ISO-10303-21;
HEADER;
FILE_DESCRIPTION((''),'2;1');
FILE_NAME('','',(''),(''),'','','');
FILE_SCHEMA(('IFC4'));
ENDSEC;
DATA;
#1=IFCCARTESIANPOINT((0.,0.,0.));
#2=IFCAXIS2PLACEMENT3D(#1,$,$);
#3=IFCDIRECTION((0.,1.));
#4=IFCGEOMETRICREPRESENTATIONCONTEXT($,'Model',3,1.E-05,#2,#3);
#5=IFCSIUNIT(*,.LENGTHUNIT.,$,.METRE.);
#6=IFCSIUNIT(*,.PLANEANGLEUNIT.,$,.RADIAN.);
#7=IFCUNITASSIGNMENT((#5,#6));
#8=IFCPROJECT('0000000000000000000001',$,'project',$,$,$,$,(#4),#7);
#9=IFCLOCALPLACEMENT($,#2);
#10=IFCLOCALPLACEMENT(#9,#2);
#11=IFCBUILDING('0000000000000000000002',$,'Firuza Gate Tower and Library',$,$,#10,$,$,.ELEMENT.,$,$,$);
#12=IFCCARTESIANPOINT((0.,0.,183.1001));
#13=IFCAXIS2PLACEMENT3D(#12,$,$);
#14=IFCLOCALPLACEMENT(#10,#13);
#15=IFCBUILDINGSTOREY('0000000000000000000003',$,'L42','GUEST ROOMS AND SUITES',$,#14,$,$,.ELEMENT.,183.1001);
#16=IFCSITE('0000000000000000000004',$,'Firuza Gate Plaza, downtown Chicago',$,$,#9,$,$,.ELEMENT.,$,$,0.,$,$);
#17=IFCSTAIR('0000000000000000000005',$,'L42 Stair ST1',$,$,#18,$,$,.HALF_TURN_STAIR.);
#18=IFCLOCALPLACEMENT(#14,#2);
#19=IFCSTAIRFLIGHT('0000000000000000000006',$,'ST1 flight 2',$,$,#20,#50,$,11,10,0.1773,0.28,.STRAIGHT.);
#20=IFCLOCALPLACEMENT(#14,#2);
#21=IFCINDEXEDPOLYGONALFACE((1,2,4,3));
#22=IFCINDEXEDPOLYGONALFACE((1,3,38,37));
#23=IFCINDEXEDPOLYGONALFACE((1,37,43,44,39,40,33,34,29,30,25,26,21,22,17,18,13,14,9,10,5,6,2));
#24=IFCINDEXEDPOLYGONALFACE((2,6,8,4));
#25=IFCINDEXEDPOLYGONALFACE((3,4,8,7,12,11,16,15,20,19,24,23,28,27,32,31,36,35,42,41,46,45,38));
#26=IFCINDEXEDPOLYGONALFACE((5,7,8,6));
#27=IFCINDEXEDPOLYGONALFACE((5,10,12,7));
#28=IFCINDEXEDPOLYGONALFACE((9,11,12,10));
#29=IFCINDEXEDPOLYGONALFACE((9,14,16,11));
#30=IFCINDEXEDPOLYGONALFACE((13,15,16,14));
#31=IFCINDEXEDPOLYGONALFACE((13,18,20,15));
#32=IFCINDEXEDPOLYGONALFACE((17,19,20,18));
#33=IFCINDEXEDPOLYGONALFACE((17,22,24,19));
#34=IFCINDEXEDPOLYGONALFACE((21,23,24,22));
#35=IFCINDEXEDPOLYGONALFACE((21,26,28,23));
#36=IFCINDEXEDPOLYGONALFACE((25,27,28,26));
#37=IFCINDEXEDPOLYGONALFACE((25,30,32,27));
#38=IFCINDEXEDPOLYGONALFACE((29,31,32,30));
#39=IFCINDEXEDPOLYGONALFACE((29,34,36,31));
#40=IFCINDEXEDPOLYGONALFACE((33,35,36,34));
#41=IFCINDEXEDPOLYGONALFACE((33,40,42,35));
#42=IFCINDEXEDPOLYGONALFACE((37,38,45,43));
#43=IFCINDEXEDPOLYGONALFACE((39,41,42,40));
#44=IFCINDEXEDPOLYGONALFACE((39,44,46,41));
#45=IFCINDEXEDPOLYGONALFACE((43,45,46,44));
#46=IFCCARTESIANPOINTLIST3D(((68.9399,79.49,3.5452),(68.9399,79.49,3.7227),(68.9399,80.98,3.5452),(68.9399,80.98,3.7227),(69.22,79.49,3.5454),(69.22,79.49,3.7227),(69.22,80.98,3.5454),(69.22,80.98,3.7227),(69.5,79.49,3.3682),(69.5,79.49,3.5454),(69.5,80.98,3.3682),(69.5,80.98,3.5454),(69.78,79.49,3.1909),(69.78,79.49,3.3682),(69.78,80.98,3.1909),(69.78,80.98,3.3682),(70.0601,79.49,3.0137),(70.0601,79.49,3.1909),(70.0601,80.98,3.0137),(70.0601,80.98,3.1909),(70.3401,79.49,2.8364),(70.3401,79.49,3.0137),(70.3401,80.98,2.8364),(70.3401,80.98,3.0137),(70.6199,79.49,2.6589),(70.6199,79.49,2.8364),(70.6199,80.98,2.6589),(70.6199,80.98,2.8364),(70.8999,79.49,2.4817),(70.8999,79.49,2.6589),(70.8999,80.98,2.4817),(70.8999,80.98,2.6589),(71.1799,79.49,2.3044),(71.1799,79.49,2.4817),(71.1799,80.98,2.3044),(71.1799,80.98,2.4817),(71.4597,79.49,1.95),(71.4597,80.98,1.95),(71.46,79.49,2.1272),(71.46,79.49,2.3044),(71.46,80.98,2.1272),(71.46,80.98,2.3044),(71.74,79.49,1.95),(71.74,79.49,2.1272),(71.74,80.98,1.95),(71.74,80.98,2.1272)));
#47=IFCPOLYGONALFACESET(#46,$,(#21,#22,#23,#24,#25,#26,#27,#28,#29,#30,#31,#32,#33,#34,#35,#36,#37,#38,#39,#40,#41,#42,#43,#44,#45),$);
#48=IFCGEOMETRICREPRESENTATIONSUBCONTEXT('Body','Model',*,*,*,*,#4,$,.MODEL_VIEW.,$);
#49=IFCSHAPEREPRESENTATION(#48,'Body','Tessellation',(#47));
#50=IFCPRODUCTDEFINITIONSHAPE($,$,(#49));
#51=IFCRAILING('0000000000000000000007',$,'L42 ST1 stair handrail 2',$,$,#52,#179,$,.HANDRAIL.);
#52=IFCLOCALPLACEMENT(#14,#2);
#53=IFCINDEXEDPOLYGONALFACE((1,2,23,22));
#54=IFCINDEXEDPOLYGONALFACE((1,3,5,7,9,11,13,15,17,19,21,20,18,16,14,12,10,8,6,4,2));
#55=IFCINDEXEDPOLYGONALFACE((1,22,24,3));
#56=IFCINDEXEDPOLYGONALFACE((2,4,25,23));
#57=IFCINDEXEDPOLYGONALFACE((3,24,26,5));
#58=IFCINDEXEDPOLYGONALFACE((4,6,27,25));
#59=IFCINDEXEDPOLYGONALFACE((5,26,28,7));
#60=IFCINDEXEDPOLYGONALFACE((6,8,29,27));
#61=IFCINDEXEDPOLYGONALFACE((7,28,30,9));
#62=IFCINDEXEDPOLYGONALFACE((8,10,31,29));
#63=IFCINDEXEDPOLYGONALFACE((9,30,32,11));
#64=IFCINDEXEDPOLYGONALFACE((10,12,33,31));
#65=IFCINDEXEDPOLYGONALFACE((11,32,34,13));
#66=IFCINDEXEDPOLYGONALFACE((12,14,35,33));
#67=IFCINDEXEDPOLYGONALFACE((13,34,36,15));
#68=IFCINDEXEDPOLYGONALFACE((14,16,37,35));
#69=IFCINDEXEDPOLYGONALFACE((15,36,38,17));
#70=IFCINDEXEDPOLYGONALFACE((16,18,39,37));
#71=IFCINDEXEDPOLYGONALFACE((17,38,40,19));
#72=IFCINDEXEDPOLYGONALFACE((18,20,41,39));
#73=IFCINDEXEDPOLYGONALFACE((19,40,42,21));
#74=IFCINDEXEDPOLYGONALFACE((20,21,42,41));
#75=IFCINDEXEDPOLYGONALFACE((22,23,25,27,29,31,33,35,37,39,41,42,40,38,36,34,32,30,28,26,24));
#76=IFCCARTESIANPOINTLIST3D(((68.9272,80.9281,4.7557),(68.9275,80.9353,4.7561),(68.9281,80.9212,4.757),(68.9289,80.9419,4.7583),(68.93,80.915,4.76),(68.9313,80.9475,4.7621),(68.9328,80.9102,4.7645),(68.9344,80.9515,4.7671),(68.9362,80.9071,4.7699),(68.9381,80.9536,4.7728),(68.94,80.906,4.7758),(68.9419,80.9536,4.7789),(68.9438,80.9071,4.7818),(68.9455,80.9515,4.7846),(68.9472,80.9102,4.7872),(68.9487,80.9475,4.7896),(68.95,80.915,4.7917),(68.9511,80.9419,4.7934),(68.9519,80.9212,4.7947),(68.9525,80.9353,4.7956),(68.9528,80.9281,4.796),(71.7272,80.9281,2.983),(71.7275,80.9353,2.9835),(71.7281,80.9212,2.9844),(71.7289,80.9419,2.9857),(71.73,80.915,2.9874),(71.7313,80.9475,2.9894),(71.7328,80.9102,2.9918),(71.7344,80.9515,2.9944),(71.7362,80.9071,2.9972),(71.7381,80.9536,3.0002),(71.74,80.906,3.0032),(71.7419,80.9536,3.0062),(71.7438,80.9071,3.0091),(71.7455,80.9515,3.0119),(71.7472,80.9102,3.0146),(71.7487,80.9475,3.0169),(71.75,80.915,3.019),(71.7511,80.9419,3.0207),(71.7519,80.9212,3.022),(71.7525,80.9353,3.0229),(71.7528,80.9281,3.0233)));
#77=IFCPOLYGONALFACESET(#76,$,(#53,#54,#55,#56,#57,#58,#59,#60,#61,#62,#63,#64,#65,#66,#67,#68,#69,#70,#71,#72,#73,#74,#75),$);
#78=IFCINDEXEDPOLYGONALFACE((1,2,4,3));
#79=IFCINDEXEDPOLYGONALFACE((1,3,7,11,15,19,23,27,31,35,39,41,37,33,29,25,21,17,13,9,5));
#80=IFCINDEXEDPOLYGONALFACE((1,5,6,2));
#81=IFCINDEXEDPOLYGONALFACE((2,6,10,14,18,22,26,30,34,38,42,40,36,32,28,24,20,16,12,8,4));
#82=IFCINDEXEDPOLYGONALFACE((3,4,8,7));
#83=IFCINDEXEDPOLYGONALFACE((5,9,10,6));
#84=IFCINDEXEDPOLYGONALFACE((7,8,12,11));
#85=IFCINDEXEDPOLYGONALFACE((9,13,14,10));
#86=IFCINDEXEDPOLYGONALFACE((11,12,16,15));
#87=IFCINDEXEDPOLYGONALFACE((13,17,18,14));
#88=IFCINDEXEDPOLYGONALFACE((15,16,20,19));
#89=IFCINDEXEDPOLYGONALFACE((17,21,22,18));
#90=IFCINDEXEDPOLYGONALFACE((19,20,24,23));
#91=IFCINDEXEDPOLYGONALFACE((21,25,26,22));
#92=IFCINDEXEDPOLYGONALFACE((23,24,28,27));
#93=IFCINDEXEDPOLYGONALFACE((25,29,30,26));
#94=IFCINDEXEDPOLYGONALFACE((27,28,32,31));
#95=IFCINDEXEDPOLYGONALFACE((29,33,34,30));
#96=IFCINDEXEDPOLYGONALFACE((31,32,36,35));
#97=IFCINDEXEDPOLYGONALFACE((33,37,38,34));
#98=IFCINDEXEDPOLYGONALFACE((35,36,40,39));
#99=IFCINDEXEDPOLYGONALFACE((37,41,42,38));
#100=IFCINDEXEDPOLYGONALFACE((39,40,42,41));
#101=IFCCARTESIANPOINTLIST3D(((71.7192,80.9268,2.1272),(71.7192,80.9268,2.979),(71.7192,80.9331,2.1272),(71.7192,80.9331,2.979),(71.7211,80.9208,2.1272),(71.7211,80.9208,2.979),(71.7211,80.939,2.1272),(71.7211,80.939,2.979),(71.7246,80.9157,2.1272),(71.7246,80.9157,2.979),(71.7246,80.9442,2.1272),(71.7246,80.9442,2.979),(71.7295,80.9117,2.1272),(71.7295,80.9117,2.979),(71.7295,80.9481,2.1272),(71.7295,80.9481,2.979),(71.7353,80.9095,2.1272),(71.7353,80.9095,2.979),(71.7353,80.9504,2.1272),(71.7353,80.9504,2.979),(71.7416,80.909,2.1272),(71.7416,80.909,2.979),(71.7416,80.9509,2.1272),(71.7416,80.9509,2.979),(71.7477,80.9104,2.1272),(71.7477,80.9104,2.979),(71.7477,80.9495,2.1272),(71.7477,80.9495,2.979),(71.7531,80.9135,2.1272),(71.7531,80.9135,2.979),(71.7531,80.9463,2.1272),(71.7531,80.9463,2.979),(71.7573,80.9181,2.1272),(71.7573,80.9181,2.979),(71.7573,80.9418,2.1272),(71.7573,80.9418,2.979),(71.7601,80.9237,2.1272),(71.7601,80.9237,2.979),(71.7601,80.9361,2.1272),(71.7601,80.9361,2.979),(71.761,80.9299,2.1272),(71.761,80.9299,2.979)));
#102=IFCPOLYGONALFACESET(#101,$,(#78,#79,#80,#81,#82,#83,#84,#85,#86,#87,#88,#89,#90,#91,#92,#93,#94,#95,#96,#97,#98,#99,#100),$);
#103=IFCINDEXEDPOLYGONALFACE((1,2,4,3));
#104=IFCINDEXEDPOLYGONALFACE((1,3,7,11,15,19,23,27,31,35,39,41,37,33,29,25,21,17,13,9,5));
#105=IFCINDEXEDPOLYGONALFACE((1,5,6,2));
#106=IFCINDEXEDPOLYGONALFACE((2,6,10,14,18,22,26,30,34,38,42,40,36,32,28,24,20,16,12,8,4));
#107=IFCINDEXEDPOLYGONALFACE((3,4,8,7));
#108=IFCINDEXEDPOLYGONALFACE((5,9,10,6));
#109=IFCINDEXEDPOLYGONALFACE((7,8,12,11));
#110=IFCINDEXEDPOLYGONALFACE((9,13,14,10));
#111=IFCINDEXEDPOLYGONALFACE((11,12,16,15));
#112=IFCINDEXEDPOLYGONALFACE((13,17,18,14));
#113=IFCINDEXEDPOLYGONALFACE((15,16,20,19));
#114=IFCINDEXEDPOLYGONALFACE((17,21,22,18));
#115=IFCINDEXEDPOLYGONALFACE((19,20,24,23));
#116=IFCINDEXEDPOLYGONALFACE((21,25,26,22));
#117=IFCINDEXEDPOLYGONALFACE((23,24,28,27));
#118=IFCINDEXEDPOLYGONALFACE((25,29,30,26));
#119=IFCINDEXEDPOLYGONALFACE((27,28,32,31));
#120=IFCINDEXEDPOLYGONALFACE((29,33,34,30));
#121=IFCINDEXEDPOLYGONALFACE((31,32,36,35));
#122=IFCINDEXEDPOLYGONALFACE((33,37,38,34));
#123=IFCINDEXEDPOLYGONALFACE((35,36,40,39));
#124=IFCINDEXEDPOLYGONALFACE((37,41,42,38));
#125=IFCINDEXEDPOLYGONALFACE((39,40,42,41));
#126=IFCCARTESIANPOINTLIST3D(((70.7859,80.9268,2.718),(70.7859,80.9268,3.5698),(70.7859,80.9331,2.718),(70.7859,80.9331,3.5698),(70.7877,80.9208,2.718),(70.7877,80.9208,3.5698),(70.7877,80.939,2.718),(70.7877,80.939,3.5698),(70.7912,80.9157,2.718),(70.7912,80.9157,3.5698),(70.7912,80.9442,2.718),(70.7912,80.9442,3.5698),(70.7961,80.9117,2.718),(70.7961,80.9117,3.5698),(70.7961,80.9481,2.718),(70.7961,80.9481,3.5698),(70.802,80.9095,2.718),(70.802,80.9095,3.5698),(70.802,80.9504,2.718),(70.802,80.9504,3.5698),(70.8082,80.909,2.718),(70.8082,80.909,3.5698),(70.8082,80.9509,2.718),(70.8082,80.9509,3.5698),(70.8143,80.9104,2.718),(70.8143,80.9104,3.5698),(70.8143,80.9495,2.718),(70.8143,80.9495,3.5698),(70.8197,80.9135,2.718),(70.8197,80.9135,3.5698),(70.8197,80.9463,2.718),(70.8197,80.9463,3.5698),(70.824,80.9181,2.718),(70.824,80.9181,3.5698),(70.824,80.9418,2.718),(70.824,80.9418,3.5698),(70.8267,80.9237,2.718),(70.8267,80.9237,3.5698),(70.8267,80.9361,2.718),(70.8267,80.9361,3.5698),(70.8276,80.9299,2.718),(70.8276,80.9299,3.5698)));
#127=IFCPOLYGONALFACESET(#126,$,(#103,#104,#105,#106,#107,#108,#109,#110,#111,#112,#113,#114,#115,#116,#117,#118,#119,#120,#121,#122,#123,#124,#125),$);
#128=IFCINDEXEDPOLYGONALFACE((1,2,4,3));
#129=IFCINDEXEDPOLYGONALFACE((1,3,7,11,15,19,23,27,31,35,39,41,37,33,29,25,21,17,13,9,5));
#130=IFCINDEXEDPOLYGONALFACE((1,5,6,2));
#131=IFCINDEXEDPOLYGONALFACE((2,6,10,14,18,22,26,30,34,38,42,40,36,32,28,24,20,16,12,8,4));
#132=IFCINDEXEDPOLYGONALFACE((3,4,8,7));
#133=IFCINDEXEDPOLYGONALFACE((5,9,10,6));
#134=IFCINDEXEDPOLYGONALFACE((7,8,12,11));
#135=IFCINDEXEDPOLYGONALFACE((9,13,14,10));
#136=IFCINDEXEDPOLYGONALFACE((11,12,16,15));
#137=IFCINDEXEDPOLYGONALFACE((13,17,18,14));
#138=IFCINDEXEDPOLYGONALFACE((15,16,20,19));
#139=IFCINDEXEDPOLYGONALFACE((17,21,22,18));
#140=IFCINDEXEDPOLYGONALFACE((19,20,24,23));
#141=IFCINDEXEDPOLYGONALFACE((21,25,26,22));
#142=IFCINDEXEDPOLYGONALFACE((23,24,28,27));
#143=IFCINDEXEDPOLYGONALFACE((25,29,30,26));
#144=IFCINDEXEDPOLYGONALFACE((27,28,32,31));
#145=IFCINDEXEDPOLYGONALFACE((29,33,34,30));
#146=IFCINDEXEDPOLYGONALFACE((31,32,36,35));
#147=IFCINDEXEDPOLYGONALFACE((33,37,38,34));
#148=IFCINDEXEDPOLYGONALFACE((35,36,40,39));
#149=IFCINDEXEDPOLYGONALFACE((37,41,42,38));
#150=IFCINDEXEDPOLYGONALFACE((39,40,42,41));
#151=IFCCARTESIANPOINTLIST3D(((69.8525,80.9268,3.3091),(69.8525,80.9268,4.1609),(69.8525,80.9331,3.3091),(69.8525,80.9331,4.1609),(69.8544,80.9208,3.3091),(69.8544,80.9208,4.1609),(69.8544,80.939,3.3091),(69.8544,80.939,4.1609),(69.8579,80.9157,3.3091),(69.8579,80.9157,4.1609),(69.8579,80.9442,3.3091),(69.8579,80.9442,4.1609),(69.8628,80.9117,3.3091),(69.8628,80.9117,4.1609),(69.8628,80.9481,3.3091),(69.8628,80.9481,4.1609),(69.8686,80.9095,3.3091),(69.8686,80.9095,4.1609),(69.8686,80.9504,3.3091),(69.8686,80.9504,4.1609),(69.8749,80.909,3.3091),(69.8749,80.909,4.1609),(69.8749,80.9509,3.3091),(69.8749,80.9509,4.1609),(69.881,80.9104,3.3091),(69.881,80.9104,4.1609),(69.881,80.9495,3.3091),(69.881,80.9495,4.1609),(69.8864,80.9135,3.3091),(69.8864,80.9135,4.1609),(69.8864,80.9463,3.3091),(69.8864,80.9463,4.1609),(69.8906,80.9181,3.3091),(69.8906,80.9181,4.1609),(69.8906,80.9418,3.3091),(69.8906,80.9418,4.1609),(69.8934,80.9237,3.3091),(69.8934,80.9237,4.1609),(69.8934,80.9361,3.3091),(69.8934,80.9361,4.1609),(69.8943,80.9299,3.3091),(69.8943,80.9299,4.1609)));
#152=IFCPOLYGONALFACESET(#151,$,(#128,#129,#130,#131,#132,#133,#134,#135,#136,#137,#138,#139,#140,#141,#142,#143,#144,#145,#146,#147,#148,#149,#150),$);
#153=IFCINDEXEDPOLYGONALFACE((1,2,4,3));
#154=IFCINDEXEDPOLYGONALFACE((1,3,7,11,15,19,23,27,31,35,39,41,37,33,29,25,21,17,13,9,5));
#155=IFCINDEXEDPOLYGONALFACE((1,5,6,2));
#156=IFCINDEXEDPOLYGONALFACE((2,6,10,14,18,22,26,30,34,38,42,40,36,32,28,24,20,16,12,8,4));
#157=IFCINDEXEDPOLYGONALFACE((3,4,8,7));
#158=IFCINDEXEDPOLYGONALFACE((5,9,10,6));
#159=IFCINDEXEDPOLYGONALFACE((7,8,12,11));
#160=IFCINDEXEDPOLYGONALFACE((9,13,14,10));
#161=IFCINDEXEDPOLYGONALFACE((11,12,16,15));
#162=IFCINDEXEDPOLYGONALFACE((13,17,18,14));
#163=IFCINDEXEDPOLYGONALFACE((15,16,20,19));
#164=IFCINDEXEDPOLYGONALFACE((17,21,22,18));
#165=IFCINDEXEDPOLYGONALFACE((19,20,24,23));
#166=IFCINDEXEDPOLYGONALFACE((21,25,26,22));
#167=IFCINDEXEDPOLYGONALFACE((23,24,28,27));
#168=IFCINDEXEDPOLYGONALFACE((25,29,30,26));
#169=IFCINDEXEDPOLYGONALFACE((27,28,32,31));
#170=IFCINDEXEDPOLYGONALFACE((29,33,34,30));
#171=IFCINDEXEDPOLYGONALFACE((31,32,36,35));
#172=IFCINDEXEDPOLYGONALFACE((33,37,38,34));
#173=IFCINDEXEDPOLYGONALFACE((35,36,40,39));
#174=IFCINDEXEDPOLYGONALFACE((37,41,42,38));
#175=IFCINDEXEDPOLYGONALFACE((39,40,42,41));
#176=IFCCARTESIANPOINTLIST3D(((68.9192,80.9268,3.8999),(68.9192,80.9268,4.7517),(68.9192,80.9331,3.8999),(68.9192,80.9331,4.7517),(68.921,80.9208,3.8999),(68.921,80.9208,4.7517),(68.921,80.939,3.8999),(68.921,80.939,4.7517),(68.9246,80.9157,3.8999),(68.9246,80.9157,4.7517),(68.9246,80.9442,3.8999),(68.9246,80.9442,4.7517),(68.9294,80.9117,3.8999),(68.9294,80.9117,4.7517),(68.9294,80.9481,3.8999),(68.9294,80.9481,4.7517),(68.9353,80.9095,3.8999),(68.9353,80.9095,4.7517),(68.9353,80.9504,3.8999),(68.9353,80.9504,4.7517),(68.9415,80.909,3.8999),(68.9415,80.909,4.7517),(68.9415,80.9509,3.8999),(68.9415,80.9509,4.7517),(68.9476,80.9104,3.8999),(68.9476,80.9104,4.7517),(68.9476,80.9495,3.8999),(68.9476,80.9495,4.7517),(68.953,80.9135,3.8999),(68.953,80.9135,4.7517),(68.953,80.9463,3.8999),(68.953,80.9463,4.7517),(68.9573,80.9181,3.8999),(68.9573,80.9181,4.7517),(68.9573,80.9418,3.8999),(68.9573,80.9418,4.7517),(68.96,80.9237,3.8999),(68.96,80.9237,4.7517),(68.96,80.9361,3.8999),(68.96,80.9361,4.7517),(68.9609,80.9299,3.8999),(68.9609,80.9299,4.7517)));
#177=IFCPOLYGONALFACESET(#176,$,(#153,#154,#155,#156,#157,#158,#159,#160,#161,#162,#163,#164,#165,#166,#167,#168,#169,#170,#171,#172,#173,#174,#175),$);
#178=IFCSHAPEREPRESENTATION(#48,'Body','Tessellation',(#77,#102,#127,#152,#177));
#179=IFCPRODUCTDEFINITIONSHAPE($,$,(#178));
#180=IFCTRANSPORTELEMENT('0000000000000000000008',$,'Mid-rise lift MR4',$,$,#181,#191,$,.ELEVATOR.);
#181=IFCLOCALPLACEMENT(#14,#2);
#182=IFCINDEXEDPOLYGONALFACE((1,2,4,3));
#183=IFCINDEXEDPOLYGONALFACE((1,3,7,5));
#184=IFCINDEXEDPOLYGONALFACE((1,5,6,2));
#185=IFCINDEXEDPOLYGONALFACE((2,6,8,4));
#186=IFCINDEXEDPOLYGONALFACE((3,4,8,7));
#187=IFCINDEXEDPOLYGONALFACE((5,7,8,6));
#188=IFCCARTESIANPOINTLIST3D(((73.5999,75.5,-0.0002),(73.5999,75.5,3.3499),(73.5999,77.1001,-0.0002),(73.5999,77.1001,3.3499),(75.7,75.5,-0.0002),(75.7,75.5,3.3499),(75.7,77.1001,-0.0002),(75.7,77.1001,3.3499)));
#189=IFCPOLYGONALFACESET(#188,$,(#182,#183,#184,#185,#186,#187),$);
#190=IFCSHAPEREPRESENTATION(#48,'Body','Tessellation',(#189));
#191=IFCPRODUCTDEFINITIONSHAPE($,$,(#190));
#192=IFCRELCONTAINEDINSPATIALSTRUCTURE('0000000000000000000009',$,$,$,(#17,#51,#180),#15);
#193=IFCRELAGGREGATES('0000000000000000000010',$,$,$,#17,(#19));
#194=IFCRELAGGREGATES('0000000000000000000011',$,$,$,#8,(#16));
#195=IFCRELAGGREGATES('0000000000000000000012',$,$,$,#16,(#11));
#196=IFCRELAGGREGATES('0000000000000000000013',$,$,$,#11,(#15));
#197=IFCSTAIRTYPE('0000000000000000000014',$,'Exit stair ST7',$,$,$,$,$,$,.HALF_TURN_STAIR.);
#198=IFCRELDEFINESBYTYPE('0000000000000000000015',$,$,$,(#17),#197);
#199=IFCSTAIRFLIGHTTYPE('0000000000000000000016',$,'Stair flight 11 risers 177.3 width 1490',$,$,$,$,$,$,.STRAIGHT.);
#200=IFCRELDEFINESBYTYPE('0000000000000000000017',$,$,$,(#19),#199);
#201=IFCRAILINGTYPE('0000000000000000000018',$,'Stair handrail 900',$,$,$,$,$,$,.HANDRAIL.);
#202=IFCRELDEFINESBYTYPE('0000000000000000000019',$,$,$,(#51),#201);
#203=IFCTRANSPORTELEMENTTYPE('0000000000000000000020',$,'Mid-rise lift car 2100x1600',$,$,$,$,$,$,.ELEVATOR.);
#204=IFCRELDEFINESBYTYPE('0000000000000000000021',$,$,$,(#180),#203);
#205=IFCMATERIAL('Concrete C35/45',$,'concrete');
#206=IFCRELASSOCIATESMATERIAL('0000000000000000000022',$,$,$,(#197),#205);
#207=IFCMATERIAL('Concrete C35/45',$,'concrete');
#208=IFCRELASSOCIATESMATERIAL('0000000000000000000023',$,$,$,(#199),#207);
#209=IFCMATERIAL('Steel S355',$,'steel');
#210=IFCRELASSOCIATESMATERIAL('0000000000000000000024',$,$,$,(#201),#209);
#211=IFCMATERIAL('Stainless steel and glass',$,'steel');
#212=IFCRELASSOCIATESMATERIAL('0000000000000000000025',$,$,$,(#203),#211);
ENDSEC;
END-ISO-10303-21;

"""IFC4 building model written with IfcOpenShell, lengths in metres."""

from ifc_helpers import new_model, si_unit, direction, frame, origin, origin_2d, place, context, subcontext, project, spatial, polyline, rectangle, circle, outline, extrude, material, type_object, element, aggregate, save


model = new_model("IFC4")

# Units and contexts
model_context = context("Model", 3, precision=1e-05, world=origin(), true_north=direction((0.0, 1.0)))
body_context = subcontext(model_context, "Body", "Model", "MODEL_VIEW")
ifc_project = project(units=[si_unit("LENGTHUNIT", "METRE"), si_unit("PLANEANGLEUNIT", "RADIAN")], contexts=[model_context])

# Site, building, storey
site_placement = place(None, origin())
site = spatial("IfcSite", under=ifc_project, at=site_placement, Name="Firuza Gate Plaza, downtown Chicago", CompositionType="ELEMENT", RefElevation=0.0)
building_placement = place(site_placement, origin())
building = spatial("IfcBuilding", under=site, at=building_placement, Name="Firuza Gate Tower and Library", CompositionType="ELEMENT")
storey_placement = place(building_placement, frame((0.0, 0.0, 183.1001)))
storey = spatial("IfcBuildingStorey", under=building, at=storey_placement, Name="L42", Description="GUEST ROOMS AND SUITES", CompositionType="ELEMENT", Elevation=183.1001)

# Stair, stair flight
placement = place(storey_placement, origin())
ifc_material_1 = material(Name="Concrete C35/45", Category="concrete")
stair_type_1 = type_object("IfcStairType", Name="Exit stair ST7", PredefinedType="HALF_TURN_STAIR", material=ifc_material_1)
stair_1 = element("IfcStair", 1, at=placement, inside=storey, type_object=stair_type_1, Name="L42 Stair ST1", PredefinedType="HALF_TURN_STAIR")
ifc_material_2 = material(Name="Concrete C35/45", Category="concrete")
stair_flight_type_1 = type_object("IfcStairFlightType", Name="Stair flight 11 risers 177.3 width 1490", PredefinedType="STRAIGHT", material=ifc_material_2)
stair_flight_1_placement = place(storey_placement, frame((71.74, 80.2351, 1.95), z_axis=(0.0, 0.0, 1.0), x_axis=(-1.0, 0.0, 0.0)))
stair_flight_1 = element("IfcStairFlight", 2, at=stair_flight_1_placement, type_object=stair_flight_type_1, Name="ST1 flight 2", NumberOfRisers=11, NumberOfTreads=10, PredefinedType="STRAIGHT", RiserHeight=0.1773, TreadLength=0.28, context=body_context, shape_type="SweptSolid", body=[
    extrude(outline(polyline([(0.0, 0.0), (0.0, 0.1772), (0.28, 0.1772), (0.28, 0.3545), (0.5601, 0.3545), (0.5601, 0.5317), (0.8401, 0.5317), (0.8401, 0.709), (1.1201, 0.709), (1.1201, 0.8865), (1.3999, 0.8865), (1.3999, 1.0637), (1.6799, 1.0637), (1.6799, 1.241), (1.96, 1.241), (1.96, 1.4182), (2.24, 1.4182), (2.24, 1.5955), (2.52, 1.5955), (2.52, 1.7727), (2.8, 1.7727), (2.8, 1.95), (2.8, 1.5952), (0.2803, 0.0), (0.0, 0.0)])), frame((0.0, 0.7451, 0.0), z_axis=(0.0, -1.0, 0.0), x_axis=(1.0, 0.0, 0.0)), (0.0, 0.0, 1.0), 1.49),
])
aggregate(stair_1, [stair_flight_1])

# Railing
ifc_material_3 = material(Name="Steel S355", Category="steel")
railing_type_1 = type_object("IfcRailingType", Name="Stair handrail 900", PredefinedType="HANDRAIL", material=ifc_material_3)
railing_1_placement = place(storey_placement, frame((71.74, 80.9299, 2.1272)))
element("IfcRailing", 3, at=railing_1_placement, inside=storey, type_object=railing_type_1, Name="L42 ST1 stair handrail 2", PredefinedType="HANDRAIL", context=body_context, shape_type="SweptSolid", body=[
    extrude(circle(Radius=0.0239, at=origin_2d()), frame((0.0, 0.0, 0.876), z_axis=(-0.844909, 0.0, 0.53491), x_axis=(0.0, -1.0, 0.0)), (0.0, 0.0, 1.0), 3.314),
    extrude(circle(Radius=0.021, at=origin_2d()), origin(), (0.0, 0.0, 1.0), 0.8518),
    extrude(circle(Radius=0.021, at=origin_2d()), frame((-0.9333, 0.0, 0.5908)), (0.0, 0.0, 1.0), 0.8518),
    extrude(circle(Radius=0.021, at=origin_2d()), frame((-1.8667, 0.0, 1.1819)), (0.0, 0.0, 1.0), 0.8518),
    extrude(circle(Radius=0.021, at=origin_2d()), frame((-2.8, 0.0, 1.7727)), (0.0, 0.0, 1.0), 0.8518),
])

# Transport element
ifc_material_4 = material(Name="Stainless steel and glass", Category="steel")
transport_element_type = type_object("IfcTransportElementType", Name="Mid-rise lift car 2100x1600", PredefinedType="ELEVATOR", material=ifc_material_4)
transport_element_placement = place(storey_placement, frame((74.6499, 76.3, -0.0002), z_axis=(0.0, 0.0, 1.0), x_axis=(1.0, 0.0, 0.0)))
element("IfcTransportElement", 4, at=transport_element_placement, inside=storey, type_object=transport_element_type, Name="Mid-rise lift MR4", PredefinedType="ELEVATOR", context=body_context, shape_type="SweptSolid", body=[
    extrude(rectangle(XDim=2.1001, YDim=1.6001, at=origin_2d()), origin(), (0.0, 0.0, 1.0), 3.3501),
])

save(model, "model.ifc")
